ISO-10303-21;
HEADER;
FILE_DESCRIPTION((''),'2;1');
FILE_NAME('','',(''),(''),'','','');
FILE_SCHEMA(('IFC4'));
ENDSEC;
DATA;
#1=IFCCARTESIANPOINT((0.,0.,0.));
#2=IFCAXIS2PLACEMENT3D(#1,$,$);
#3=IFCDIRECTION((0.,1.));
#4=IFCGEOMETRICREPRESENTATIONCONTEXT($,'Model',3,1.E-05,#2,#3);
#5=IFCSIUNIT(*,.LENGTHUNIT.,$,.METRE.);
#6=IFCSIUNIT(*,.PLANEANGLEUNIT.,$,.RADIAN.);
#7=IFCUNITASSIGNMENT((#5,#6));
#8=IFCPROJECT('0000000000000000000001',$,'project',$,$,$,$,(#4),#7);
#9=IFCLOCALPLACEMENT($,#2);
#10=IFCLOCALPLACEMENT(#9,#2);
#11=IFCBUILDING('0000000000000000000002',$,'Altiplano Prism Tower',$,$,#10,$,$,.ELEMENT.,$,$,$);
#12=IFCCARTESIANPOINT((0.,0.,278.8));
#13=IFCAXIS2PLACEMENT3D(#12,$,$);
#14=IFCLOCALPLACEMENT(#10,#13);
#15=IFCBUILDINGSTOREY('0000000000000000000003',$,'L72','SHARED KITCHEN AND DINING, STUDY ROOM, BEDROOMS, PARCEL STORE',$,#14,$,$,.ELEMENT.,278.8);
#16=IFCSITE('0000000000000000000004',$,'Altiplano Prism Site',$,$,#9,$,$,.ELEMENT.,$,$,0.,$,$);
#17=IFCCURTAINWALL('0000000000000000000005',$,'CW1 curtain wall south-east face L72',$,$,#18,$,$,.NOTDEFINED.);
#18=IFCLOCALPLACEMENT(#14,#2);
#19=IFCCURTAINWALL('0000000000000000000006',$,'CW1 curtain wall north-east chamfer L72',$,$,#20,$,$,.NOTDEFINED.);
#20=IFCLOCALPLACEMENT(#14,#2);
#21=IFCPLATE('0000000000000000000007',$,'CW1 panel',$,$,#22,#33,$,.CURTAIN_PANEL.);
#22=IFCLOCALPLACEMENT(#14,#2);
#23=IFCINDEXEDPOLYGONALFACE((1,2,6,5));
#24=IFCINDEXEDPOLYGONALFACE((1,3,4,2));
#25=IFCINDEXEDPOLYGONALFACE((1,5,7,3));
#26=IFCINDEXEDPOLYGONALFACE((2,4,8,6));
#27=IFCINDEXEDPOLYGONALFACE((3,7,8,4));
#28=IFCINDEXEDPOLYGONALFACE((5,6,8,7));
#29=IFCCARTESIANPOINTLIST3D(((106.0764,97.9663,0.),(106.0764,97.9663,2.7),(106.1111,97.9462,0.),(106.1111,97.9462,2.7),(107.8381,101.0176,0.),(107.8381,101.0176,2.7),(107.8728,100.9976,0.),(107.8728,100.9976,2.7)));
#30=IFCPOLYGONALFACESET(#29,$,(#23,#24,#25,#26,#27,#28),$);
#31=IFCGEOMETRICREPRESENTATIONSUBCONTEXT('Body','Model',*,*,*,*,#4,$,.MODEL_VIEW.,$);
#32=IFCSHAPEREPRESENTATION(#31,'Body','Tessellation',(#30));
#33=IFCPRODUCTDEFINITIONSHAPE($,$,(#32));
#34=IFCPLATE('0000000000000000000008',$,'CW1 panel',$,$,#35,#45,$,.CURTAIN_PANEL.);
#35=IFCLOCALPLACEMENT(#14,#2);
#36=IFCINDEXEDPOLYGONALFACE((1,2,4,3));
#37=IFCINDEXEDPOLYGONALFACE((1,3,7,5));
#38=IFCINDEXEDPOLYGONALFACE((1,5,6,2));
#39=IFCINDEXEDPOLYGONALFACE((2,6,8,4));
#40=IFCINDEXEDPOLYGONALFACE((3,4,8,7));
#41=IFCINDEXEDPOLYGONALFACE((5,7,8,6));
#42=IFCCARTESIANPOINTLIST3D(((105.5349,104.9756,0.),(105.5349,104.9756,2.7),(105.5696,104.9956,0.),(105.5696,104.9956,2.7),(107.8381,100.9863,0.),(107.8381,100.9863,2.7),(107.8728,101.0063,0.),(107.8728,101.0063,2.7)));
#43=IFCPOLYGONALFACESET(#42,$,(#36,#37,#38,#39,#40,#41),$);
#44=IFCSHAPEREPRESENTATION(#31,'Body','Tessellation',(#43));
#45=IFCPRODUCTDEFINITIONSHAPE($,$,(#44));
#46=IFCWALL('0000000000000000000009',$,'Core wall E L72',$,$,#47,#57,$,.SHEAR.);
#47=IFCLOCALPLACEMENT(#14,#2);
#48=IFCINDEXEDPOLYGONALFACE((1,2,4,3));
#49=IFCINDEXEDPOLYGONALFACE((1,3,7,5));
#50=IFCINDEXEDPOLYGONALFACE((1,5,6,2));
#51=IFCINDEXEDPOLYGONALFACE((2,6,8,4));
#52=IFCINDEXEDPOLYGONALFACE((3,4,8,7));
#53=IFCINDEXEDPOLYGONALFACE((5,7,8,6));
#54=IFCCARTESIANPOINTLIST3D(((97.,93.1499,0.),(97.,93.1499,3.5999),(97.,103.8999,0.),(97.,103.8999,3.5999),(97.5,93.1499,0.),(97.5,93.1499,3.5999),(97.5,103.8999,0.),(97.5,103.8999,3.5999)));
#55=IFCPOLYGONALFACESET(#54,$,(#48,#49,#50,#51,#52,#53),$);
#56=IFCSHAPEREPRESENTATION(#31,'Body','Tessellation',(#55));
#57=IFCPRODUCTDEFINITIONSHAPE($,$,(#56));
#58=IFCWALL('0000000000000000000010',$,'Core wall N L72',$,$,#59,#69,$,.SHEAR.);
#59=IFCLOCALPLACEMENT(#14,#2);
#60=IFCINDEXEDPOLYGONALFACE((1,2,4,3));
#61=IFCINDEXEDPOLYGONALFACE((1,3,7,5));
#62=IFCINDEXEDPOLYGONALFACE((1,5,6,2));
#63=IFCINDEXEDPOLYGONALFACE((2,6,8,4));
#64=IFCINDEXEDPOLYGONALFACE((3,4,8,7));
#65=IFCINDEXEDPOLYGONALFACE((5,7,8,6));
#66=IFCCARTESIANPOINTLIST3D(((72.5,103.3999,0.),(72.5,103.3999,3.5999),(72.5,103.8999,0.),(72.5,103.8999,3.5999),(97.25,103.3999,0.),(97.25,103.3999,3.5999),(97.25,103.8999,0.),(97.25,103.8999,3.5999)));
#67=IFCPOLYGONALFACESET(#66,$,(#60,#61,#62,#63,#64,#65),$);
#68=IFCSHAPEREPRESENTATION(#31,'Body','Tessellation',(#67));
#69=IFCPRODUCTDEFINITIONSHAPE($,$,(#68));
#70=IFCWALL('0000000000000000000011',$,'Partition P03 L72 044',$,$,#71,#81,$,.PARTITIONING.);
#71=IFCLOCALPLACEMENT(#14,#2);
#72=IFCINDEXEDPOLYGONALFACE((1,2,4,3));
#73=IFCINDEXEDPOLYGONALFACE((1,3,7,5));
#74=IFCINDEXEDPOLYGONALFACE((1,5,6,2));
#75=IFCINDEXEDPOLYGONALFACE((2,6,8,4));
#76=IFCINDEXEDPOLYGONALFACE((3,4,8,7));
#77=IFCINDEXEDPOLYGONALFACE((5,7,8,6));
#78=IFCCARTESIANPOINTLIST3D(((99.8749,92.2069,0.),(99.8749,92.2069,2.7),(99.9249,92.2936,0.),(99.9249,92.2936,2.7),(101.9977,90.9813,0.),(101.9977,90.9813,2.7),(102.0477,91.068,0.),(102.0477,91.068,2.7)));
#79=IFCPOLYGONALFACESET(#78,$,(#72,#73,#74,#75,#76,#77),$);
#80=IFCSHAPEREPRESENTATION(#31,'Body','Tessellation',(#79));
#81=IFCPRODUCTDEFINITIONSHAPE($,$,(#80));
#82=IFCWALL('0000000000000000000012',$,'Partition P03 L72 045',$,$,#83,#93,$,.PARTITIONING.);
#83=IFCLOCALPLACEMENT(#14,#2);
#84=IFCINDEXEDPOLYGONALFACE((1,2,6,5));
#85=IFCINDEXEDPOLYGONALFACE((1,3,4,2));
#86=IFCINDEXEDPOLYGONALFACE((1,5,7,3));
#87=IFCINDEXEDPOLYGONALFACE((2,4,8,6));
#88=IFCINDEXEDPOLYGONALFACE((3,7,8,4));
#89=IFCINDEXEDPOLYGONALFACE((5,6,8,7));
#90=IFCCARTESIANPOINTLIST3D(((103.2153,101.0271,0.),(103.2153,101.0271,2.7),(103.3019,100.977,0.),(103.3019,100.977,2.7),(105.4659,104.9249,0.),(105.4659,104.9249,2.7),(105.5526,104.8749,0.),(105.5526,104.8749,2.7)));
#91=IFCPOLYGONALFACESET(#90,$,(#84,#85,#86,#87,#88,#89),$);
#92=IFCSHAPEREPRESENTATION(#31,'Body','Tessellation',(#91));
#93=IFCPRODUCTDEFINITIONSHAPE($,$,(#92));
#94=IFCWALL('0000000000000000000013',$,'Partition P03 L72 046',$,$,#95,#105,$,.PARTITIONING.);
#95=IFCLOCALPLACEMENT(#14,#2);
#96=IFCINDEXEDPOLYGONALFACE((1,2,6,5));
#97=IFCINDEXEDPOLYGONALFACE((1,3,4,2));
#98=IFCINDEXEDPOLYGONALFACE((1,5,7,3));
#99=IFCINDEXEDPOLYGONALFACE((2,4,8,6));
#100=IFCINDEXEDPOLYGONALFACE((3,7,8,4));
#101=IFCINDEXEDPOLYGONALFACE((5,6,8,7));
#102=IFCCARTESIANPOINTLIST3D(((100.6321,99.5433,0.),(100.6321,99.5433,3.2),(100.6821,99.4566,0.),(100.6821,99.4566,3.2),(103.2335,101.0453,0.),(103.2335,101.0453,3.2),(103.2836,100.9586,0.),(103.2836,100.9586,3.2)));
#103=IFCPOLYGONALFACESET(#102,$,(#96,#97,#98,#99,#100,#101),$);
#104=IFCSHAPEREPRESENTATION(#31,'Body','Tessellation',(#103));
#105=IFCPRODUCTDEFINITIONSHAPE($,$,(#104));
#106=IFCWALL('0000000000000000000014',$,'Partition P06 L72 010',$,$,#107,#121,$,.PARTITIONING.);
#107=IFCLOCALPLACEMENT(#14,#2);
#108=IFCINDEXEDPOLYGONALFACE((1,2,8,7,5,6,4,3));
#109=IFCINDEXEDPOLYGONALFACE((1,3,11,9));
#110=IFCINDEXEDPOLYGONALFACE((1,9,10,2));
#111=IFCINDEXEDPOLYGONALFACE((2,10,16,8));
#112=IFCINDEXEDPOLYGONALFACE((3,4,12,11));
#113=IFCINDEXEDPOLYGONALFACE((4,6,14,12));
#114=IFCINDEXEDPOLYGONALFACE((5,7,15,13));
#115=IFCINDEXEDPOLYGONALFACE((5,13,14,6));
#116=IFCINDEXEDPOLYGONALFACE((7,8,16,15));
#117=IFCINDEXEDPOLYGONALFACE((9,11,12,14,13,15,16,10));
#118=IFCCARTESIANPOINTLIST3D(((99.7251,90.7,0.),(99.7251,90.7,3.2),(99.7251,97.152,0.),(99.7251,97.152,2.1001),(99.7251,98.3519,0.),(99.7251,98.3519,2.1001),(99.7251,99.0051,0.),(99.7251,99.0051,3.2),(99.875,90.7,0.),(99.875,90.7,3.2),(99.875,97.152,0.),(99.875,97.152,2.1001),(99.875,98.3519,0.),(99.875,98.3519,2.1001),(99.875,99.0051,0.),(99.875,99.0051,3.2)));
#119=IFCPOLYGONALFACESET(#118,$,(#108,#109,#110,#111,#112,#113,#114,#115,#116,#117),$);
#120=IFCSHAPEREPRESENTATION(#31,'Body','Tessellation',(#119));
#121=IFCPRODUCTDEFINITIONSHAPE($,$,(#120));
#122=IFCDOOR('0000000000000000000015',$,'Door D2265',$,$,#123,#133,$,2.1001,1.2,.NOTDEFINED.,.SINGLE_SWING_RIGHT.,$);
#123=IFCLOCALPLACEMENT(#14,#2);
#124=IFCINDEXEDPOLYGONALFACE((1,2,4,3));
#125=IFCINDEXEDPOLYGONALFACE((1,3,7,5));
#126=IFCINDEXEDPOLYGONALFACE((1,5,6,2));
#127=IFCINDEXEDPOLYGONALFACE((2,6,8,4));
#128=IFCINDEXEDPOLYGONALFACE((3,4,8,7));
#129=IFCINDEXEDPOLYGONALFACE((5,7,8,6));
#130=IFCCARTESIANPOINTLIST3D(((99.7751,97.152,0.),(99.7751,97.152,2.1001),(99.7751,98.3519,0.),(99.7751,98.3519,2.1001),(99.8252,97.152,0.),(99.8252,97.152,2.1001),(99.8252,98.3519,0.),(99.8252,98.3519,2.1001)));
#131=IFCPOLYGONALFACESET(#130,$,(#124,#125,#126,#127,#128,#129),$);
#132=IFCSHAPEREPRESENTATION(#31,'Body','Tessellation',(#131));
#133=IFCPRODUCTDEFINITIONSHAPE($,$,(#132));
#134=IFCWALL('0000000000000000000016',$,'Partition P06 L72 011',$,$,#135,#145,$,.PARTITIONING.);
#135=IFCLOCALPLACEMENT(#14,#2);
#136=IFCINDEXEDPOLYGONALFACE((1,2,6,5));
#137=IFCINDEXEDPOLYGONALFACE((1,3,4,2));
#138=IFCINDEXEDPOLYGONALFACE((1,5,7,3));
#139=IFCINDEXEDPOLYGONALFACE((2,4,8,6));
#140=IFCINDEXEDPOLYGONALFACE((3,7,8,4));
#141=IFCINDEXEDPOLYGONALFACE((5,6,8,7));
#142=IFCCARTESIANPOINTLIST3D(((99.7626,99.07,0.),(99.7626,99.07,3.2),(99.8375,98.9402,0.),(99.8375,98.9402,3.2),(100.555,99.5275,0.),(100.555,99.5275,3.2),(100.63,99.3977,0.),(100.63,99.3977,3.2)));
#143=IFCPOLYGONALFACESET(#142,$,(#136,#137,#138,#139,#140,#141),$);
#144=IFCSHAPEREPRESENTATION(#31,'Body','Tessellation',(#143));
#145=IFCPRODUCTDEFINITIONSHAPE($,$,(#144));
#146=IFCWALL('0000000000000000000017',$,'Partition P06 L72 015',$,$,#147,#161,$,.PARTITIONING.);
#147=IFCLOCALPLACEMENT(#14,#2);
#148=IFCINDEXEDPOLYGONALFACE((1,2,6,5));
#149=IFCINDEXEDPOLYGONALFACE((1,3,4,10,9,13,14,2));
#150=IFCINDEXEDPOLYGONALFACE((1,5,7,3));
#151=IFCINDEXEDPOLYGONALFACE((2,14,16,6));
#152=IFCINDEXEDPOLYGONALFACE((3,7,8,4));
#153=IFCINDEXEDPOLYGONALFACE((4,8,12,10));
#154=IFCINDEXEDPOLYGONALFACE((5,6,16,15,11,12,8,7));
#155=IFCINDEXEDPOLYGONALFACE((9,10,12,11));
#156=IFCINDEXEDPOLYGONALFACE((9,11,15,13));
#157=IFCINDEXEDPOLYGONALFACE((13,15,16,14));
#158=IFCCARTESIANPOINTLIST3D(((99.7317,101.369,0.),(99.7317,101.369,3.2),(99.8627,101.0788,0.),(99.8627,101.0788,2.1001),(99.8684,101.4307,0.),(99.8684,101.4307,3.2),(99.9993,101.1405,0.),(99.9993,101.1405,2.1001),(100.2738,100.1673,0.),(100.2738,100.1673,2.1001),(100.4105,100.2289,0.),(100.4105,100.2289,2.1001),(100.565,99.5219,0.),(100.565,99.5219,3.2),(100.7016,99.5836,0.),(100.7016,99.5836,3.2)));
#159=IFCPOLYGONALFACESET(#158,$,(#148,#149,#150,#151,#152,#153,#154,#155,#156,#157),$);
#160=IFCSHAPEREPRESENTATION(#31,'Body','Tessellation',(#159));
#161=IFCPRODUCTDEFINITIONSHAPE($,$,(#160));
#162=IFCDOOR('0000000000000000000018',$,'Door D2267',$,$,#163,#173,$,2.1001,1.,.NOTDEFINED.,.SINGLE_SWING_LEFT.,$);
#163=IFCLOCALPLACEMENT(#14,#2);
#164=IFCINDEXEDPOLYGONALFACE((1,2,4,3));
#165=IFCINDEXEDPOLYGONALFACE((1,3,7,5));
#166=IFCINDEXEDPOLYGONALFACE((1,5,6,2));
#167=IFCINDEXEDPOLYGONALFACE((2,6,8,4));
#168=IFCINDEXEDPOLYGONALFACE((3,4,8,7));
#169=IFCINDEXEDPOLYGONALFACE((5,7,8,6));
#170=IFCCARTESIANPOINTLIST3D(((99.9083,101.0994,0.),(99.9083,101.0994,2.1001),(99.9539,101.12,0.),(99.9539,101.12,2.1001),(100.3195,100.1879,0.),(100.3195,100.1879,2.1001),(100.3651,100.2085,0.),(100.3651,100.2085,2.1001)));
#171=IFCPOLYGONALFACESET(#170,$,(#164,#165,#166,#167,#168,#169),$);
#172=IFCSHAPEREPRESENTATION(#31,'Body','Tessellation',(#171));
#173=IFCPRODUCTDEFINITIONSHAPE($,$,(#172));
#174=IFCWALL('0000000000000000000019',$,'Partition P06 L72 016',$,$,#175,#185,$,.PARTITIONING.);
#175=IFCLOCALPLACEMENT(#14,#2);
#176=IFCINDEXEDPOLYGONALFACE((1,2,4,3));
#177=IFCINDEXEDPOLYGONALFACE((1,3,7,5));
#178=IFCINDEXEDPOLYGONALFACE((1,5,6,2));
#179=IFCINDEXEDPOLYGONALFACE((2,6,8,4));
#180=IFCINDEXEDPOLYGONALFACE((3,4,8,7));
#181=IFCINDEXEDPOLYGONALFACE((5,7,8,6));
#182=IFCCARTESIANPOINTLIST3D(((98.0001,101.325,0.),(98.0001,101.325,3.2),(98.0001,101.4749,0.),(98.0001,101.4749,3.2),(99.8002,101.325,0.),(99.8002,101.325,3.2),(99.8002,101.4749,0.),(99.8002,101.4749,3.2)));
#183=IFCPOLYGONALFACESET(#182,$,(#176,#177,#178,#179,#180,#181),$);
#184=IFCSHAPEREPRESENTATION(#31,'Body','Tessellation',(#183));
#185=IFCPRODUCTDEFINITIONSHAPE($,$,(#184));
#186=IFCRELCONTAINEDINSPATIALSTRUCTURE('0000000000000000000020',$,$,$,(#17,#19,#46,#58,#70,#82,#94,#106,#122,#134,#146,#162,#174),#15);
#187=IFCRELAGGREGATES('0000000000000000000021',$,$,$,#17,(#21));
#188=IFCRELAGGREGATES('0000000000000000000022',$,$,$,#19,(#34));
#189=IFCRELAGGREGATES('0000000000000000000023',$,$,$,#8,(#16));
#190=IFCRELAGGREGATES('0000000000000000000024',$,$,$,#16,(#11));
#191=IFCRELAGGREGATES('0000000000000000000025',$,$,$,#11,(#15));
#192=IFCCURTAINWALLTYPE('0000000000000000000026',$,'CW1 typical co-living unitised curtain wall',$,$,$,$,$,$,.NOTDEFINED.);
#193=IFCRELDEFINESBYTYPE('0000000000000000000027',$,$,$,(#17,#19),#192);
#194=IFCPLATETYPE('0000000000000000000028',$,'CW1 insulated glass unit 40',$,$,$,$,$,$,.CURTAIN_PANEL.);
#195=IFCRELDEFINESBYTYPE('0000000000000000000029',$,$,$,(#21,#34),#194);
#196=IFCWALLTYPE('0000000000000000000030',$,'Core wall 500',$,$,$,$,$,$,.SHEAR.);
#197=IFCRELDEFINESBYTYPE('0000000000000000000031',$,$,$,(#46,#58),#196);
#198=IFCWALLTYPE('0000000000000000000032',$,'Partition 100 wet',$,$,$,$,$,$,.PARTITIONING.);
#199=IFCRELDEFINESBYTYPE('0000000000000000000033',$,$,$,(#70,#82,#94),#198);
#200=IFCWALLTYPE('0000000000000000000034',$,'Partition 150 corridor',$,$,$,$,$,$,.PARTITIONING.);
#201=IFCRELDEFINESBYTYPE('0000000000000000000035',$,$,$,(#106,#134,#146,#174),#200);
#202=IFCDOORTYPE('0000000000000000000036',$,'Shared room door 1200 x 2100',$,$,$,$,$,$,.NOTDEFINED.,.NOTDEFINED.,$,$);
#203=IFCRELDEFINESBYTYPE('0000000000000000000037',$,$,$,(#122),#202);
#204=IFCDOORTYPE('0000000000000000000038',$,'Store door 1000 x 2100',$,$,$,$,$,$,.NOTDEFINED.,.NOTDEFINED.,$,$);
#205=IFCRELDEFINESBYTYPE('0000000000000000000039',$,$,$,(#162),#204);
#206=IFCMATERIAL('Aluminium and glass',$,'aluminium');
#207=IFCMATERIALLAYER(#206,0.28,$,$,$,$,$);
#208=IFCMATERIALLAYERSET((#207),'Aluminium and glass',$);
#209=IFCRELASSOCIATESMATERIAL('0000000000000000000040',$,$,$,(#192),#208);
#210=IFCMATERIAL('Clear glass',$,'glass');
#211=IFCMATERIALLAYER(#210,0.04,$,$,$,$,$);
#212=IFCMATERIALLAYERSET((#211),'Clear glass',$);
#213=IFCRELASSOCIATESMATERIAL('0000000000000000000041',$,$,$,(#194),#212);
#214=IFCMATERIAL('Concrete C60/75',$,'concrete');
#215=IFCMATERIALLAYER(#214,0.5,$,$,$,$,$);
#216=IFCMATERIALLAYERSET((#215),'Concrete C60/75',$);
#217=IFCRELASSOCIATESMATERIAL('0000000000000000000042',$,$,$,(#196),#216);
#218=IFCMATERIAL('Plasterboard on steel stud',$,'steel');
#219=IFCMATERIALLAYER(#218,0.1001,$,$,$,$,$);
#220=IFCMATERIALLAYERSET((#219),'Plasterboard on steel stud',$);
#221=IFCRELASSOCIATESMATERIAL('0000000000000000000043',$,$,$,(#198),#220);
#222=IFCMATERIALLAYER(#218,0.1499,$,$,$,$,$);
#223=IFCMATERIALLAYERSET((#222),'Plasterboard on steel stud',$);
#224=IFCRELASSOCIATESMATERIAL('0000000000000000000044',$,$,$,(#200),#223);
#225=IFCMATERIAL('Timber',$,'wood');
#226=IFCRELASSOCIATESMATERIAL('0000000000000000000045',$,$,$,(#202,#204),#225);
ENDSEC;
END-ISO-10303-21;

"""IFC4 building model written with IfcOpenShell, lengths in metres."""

from ifc_helpers import new_model, si_unit, direction, frame, frame_2d, origin, origin_2d, place, context, subcontext, project, spatial, rectangle, extrude, material, layer, layer_set, type_object, element, fill, aggregate, save


model = new_model("IFC4")

# Units and contexts
model_context = context("Model", 3, precision=1e-05, world=origin(), true_north=direction((0.0, 1.0)))
body_context = subcontext(model_context, "Body", "Model", "MODEL_VIEW")
ifc_project = project(units=[si_unit("LENGTHUNIT", "METRE"), si_unit("PLANEANGLEUNIT", "RADIAN")], contexts=[model_context])

# Site, building, storey
site_placement = place(None, origin())
site = spatial("IfcSite", under=ifc_project, at=site_placement, Name="Altiplano Prism Site", CompositionType="ELEMENT", RefElevation=0.0)
building_placement = place(site_placement, origin())
building = spatial("IfcBuilding", under=site, at=building_placement, Name="Altiplano Prism Tower", CompositionType="ELEMENT")
storey_placement = place(building_placement, frame((0.0, 0.0, 278.8)))
storey = spatial("IfcBuildingStorey", under=building, at=storey_placement, Name="L72", Description="SHARED KITCHEN AND DINING, STUDY ROOM, BEDROOMS, PARCEL STORE", CompositionType="ELEMENT", Elevation=278.8)

# Shared definitions
ifc_material_1 = material(Name="Concrete C60/75", Category="concrete")

# Curtain wall
ifc_material_2 = material(Name="Aluminium and glass", Category="aluminium")
ifc_layer_1 = layer(ifc_material_2, 0.28)
ifc_layer_set_1 = layer_set([ifc_layer_1], Name="Aluminium and glass")
curtain_wall_type = type_object("IfcCurtainWallType", Name="CW1 typical co-living unitised curtain wall", PredefinedType="NOTDEFINED", material=ifc_layer_set_1)
curtain_wall_1_placement = place(storey_placement, origin())
curtain_wall_1 = element("IfcCurtainWall", 1, at=curtain_wall_1_placement, inside=storey, type_object=curtain_wall_type, Name="CW1 curtain wall south-east face L72", PredefinedType="NOTDEFINED")

# Curtain wall
curtain_wall_2_placement = place(storey_placement, origin())
curtain_wall_2 = element("IfcCurtainWall", 2, at=curtain_wall_2_placement, inside=storey, type_object=curtain_wall_type, Name="CW1 curtain wall north-east chamfer L72", PredefinedType="NOTDEFINED")

# Plates
ifc_material_3 = material(Name="Clear glass", Category="glass")
ifc_layer_2 = layer(ifc_material_3, 0.04)
ifc_layer_set_2 = layer_set([ifc_layer_2], Name="Clear glass")
plate_type = type_object("IfcPlateType", Name="CW1 insulated glass unit 40", PredefinedType="CURTAIN_PANEL", material=ifc_layer_set_2)
plate_1_placement = place(storey_placement, frame((106.9746, 99.4819, 0.0), z_axis=(0.0, 0.0, 1.0), x_axis=(0.5, 0.866025, 0.0)))
plate_1 = element("IfcPlate", 3, at=plate_1_placement, type_object=plate_type, Name="CW1 panel", PredefinedType="CURTAIN_PANEL", context=body_context, shape_type="SweptSolid", body=[
    extrude(rectangle(XDim=3.5234, YDim=0.04, at=origin_2d()), origin(), (0.0, 0.0, 1.0), 2.7),
])
aggregate(curtain_wall_1, [plate_1])
plate_2_placement = place(storey_placement, frame((106.7039, 102.991, 0.0), z_axis=(0.0, 0.0, 1.0), x_axis=(-0.5, 0.866025, 0.0)))
plate_2 = element("IfcPlate", 4, at=plate_2_placement, type_object=plate_type, Name="CW1 panel", PredefinedType="CURTAIN_PANEL", context=body_context, shape_type="SweptSolid", body=[
    extrude(rectangle(XDim=4.6064, YDim=0.04, at=origin_2d()), origin(), (0.0, 0.0, 1.0), 2.7),
])
aggregate(curtain_wall_2, [plate_2])

# Walls
ifc_layer_3 = layer(ifc_material_1, 0.5)
ifc_layer_set_3 = layer_set([ifc_layer_3], Name="Concrete C60/75")
wall_type_1 = type_object("IfcWallType", Name="Core wall 500", PredefinedType="SHEAR", material=ifc_layer_set_3)
wall_1_placement = place(storey_placement, frame((97.25, 93.1499, 0.0), z_axis=(0.0, 0.0, 1.0), x_axis=(0.0, 1.0, 0.0)))
element("IfcWall", 5, at=wall_1_placement, inside=storey, type_object=wall_type_1, Name="Core wall E L72", PredefinedType="SHEAR", context=body_context, shape_type="SweptSolid", body=[
    extrude(rectangle(XDim=10.75, YDim=0.5, at=frame_2d((5.375, 0.0))), origin(), (0.0, 0.0, 1.0), 3.5999),
])
wall_2_placement = place(storey_placement, frame((97.25, 103.6499, 0.0), z_axis=(0.0, 0.0, 1.0), x_axis=(-1.0, 0.0, 0.0)))
element("IfcWall", 6, at=wall_2_placement, inside=storey, type_object=wall_type_1, Name="Core wall N L72", PredefinedType="SHEAR", context=body_context, shape_type="SweptSolid", body=[
    extrude(rectangle(XDim=24.75, YDim=0.5, at=frame_2d((12.375, 0.0))), origin(), (0.0, 0.0, 1.0), 3.5999),
])
ifc_material_4 = material(Name="Plasterboard on steel stud", Category="steel")
ifc_layer_4 = layer(ifc_material_4, 0.1001)
ifc_layer_set_4 = layer_set([ifc_layer_4], Name="Plasterboard on steel stud")
wall_type_2 = type_object("IfcWallType", Name="Partition 100 wet", PredefinedType="PARTITIONING", material=ifc_layer_set_4)
wall_3_placement = place(storey_placement, frame((102.0227, 91.0247, 0.0), z_axis=(0.0, 0.0, 1.0), x_axis=(-0.866028, 0.499995, 0.0)))
element("IfcWall", 7, at=wall_3_placement, inside=storey, type_object=wall_type_2, Name="Partition P03 L72 044", PredefinedType="PARTITIONING", context=body_context, shape_type="SweptSolid", body=[
    extrude(rectangle(XDim=2.4512, YDim=0.1001, at=frame_2d((1.2256, 0.0))), origin(), (0.0, 0.0, 1.0), 2.7),
])
wall_4_placement = place(storey_placement, frame((105.5093, 104.8999, 0.0), z_axis=(0.0, 0.0, 1.0), x_axis=(-0.500042, -0.866001, 0.0)))
element("IfcWall", 8, at=wall_4_placement, inside=storey, type_object=wall_type_2, Name="Partition P03 L72 045", PredefinedType="PARTITIONING", context=body_context, shape_type="SweptSolid", body=[
    extrude(rectangle(XDim=4.501, YDim=0.1001, at=frame_2d((2.2505, 0.0))), origin(), (0.0, 0.0, 1.0), 2.7),
])
wall_5_placement = place(storey_placement, frame((103.2585, 101.002, 0.0), z_axis=(0.0, 0.0, 1.0), x_axis=(-0.866014, -0.50002, 0.0)))
element("IfcWall", 9, at=wall_5_placement, inside=storey, type_object=wall_type_2, Name="Partition P03 L72 046", PredefinedType="PARTITIONING", context=body_context, shape_type="SweptSolid", body=[
    extrude(rectangle(XDim=3.0039, YDim=0.1001, at=frame_2d((1.502, 0.0))), origin(), (0.0, 0.0, 1.0), 3.2),
])

# Wall, opening, door
ifc_layer_5 = layer(ifc_material_4, 0.1499)
ifc_layer_set_5 = layer_set([ifc_layer_5], Name="Plasterboard on steel stud")
wall_type_3 = type_object("IfcWallType", Name="Partition 150 corridor", PredefinedType="PARTITIONING", material=ifc_layer_set_5)
wall_6_placement = place(storey_placement, frame((99.8, 90.7, 0.0), z_axis=(0.0, 0.0, 1.0), x_axis=(0.0, 1.0, 0.0)))
wall_6 = element("IfcWall", 10, at=wall_6_placement, inside=storey, type_object=wall_type_3, Name="Partition P06 L72 010", PredefinedType="PARTITIONING", context=body_context, shape_type="SweptSolid", body=[
    extrude(rectangle(XDim=8.3052, YDim=0.1499, at=frame_2d((4.1526, 0.0))), origin(), (0.0, 0.0, 1.0), 3.2),
])
opening_1_placement = place(wall_6_placement, frame((6.4519, 0.0, 0.0)))
opening_1 = element("IfcOpeningElement", 11, at=opening_1_placement, cuts=wall_6, PredefinedType="OPENING", context=body_context, shape_type="SweptSolid", body=[
    extrude(rectangle(XDim=1.2, YDim=2.1001, at=frame_2d((0.6001, 1.05))), frame((0.0, 0.0854, 0.0), z_axis=(0.0, -1.0, 0.0), x_axis=(1.0, 0.0, 0.0)), (0.0, 0.0, 1.0), 0.1709),
])
ifc_material_5 = material(Name="Timber", Category="wood")
door_type_1 = type_object("IfcDoorType", Name="Shared room door 1200 x 2100", OperationType="NOTDEFINED", PredefinedType="NOTDEFINED", material=ifc_material_5)
door_1_placement = place(opening_1_placement, origin())
door_1 = element("IfcDoor", 12, at=door_1_placement, inside=storey, type_object=door_type_1, Name="Door D2265", OperationType="SINGLE_SWING_RIGHT", OverallHeight=2.1001, OverallWidth=1.2, PredefinedType="NOTDEFINED", context=body_context, shape_type="SweptSolid", body=[
    extrude(rectangle(XDim=1.2, YDim=2.1001, at=frame_2d((0.6001, 1.05))), frame((0.0, 0.0249, 0.0), z_axis=(0.0, -1.0, 0.0), x_axis=(1.0, 0.0, 0.0)), (0.0, 0.0, 1.0), 0.05),
])
fill(opening_1, door_1)

# Wall
wall_7_placement = place(storey_placement, frame((99.8, 99.0051, 0.0), z_axis=(0.0, 0.0, 1.0), x_axis=(0.866035, 0.499984, 0.0)))
element("IfcWall", 13, at=wall_7_placement, inside=storey, type_object=wall_type_3, Name="Partition P06 L72 011", PredefinedType="PARTITIONING", context=body_context, shape_type="SweptSolid", body=[
    extrude(rectangle(XDim=0.915, YDim=0.1499, at=frame_2d((0.4575, 0.0))), origin(), (0.0, 0.0, 1.0), 3.2),
])

# Wall, opening, door
wall_8_placement = place(storey_placement, frame((100.6333, 99.5527, 0.0), z_axis=(0.0, 0.0, 1.0), x_axis=(-0.411196, 0.911547, 0.0)))
wall_8 = element("IfcWall", 14, at=wall_8_placement, inside=storey, type_object=wall_type_3, Name="Partition P06 L72 015", PredefinedType="PARTITIONING", context=body_context, shape_type="SweptSolid", body=[
    extrude(rectangle(XDim=2.0264, YDim=0.1499, at=frame_2d((1.0132, 0.0))), origin(), (0.0, 0.0, 1.0), 3.2),
])
opening_2_placement = place(wall_8_placement, frame((0.708, 0.0, 0.0)))
opening_2 = element("IfcOpeningElement", 15, at=opening_2_placement, cuts=wall_8, PredefinedType="OPENING", context=body_context, shape_type="SweptSolid", body=[
    extrude(rectangle(XDim=1.0, YDim=2.1001, at=frame_2d((0.5, 1.05))), frame((0.0, 0.0854, 0.0), z_axis=(0.0, -1.0, 0.0), x_axis=(1.0, 0.0, 0.0)), (0.0, 0.0, 1.0), 0.1709),
])
door_type_2 = type_object("IfcDoorType", Name="Store door 1000 x 2100", OperationType="NOTDEFINED", PredefinedType="NOTDEFINED", material=ifc_material_5)
door_2_placement = place(opening_2_placement, origin())
door_2 = element("IfcDoor", 16, at=door_2_placement, inside=storey, type_object=door_type_2, Name="Door D2267", OperationType="SINGLE_SWING_LEFT", OverallHeight=2.1001, OverallWidth=1.0, PredefinedType="NOTDEFINED", context=body_context, shape_type="SweptSolid", body=[
    extrude(rectangle(XDim=1.0, YDim=2.1001, at=frame_2d((0.5, 1.05))), frame((0.0, 0.0249, 0.0), z_axis=(0.0, -1.0, 0.0), x_axis=(1.0, 0.0, 0.0)), (0.0, 0.0, 1.0), 0.05),
])
fill(opening_2, door_2)

# Wall
wall_9_placement = place(storey_placement, frame((99.8, 101.3999, 0.0), z_axis=(0.0, 0.0, 1.0), x_axis=(-1.0, 0.0, 0.0)))
element("IfcWall", 17, at=wall_9_placement, inside=storey, type_object=wall_type_3, Name="Partition P06 L72 016", PredefinedType="PARTITIONING", context=body_context, shape_type="SweptSolid", body=[
    extrude(rectangle(XDim=1.8, YDim=0.1499, at=frame_2d((0.8999, 0.0))), origin(), (0.0, 0.0, 1.0), 3.2),
])

save(model, "model.ifc")
